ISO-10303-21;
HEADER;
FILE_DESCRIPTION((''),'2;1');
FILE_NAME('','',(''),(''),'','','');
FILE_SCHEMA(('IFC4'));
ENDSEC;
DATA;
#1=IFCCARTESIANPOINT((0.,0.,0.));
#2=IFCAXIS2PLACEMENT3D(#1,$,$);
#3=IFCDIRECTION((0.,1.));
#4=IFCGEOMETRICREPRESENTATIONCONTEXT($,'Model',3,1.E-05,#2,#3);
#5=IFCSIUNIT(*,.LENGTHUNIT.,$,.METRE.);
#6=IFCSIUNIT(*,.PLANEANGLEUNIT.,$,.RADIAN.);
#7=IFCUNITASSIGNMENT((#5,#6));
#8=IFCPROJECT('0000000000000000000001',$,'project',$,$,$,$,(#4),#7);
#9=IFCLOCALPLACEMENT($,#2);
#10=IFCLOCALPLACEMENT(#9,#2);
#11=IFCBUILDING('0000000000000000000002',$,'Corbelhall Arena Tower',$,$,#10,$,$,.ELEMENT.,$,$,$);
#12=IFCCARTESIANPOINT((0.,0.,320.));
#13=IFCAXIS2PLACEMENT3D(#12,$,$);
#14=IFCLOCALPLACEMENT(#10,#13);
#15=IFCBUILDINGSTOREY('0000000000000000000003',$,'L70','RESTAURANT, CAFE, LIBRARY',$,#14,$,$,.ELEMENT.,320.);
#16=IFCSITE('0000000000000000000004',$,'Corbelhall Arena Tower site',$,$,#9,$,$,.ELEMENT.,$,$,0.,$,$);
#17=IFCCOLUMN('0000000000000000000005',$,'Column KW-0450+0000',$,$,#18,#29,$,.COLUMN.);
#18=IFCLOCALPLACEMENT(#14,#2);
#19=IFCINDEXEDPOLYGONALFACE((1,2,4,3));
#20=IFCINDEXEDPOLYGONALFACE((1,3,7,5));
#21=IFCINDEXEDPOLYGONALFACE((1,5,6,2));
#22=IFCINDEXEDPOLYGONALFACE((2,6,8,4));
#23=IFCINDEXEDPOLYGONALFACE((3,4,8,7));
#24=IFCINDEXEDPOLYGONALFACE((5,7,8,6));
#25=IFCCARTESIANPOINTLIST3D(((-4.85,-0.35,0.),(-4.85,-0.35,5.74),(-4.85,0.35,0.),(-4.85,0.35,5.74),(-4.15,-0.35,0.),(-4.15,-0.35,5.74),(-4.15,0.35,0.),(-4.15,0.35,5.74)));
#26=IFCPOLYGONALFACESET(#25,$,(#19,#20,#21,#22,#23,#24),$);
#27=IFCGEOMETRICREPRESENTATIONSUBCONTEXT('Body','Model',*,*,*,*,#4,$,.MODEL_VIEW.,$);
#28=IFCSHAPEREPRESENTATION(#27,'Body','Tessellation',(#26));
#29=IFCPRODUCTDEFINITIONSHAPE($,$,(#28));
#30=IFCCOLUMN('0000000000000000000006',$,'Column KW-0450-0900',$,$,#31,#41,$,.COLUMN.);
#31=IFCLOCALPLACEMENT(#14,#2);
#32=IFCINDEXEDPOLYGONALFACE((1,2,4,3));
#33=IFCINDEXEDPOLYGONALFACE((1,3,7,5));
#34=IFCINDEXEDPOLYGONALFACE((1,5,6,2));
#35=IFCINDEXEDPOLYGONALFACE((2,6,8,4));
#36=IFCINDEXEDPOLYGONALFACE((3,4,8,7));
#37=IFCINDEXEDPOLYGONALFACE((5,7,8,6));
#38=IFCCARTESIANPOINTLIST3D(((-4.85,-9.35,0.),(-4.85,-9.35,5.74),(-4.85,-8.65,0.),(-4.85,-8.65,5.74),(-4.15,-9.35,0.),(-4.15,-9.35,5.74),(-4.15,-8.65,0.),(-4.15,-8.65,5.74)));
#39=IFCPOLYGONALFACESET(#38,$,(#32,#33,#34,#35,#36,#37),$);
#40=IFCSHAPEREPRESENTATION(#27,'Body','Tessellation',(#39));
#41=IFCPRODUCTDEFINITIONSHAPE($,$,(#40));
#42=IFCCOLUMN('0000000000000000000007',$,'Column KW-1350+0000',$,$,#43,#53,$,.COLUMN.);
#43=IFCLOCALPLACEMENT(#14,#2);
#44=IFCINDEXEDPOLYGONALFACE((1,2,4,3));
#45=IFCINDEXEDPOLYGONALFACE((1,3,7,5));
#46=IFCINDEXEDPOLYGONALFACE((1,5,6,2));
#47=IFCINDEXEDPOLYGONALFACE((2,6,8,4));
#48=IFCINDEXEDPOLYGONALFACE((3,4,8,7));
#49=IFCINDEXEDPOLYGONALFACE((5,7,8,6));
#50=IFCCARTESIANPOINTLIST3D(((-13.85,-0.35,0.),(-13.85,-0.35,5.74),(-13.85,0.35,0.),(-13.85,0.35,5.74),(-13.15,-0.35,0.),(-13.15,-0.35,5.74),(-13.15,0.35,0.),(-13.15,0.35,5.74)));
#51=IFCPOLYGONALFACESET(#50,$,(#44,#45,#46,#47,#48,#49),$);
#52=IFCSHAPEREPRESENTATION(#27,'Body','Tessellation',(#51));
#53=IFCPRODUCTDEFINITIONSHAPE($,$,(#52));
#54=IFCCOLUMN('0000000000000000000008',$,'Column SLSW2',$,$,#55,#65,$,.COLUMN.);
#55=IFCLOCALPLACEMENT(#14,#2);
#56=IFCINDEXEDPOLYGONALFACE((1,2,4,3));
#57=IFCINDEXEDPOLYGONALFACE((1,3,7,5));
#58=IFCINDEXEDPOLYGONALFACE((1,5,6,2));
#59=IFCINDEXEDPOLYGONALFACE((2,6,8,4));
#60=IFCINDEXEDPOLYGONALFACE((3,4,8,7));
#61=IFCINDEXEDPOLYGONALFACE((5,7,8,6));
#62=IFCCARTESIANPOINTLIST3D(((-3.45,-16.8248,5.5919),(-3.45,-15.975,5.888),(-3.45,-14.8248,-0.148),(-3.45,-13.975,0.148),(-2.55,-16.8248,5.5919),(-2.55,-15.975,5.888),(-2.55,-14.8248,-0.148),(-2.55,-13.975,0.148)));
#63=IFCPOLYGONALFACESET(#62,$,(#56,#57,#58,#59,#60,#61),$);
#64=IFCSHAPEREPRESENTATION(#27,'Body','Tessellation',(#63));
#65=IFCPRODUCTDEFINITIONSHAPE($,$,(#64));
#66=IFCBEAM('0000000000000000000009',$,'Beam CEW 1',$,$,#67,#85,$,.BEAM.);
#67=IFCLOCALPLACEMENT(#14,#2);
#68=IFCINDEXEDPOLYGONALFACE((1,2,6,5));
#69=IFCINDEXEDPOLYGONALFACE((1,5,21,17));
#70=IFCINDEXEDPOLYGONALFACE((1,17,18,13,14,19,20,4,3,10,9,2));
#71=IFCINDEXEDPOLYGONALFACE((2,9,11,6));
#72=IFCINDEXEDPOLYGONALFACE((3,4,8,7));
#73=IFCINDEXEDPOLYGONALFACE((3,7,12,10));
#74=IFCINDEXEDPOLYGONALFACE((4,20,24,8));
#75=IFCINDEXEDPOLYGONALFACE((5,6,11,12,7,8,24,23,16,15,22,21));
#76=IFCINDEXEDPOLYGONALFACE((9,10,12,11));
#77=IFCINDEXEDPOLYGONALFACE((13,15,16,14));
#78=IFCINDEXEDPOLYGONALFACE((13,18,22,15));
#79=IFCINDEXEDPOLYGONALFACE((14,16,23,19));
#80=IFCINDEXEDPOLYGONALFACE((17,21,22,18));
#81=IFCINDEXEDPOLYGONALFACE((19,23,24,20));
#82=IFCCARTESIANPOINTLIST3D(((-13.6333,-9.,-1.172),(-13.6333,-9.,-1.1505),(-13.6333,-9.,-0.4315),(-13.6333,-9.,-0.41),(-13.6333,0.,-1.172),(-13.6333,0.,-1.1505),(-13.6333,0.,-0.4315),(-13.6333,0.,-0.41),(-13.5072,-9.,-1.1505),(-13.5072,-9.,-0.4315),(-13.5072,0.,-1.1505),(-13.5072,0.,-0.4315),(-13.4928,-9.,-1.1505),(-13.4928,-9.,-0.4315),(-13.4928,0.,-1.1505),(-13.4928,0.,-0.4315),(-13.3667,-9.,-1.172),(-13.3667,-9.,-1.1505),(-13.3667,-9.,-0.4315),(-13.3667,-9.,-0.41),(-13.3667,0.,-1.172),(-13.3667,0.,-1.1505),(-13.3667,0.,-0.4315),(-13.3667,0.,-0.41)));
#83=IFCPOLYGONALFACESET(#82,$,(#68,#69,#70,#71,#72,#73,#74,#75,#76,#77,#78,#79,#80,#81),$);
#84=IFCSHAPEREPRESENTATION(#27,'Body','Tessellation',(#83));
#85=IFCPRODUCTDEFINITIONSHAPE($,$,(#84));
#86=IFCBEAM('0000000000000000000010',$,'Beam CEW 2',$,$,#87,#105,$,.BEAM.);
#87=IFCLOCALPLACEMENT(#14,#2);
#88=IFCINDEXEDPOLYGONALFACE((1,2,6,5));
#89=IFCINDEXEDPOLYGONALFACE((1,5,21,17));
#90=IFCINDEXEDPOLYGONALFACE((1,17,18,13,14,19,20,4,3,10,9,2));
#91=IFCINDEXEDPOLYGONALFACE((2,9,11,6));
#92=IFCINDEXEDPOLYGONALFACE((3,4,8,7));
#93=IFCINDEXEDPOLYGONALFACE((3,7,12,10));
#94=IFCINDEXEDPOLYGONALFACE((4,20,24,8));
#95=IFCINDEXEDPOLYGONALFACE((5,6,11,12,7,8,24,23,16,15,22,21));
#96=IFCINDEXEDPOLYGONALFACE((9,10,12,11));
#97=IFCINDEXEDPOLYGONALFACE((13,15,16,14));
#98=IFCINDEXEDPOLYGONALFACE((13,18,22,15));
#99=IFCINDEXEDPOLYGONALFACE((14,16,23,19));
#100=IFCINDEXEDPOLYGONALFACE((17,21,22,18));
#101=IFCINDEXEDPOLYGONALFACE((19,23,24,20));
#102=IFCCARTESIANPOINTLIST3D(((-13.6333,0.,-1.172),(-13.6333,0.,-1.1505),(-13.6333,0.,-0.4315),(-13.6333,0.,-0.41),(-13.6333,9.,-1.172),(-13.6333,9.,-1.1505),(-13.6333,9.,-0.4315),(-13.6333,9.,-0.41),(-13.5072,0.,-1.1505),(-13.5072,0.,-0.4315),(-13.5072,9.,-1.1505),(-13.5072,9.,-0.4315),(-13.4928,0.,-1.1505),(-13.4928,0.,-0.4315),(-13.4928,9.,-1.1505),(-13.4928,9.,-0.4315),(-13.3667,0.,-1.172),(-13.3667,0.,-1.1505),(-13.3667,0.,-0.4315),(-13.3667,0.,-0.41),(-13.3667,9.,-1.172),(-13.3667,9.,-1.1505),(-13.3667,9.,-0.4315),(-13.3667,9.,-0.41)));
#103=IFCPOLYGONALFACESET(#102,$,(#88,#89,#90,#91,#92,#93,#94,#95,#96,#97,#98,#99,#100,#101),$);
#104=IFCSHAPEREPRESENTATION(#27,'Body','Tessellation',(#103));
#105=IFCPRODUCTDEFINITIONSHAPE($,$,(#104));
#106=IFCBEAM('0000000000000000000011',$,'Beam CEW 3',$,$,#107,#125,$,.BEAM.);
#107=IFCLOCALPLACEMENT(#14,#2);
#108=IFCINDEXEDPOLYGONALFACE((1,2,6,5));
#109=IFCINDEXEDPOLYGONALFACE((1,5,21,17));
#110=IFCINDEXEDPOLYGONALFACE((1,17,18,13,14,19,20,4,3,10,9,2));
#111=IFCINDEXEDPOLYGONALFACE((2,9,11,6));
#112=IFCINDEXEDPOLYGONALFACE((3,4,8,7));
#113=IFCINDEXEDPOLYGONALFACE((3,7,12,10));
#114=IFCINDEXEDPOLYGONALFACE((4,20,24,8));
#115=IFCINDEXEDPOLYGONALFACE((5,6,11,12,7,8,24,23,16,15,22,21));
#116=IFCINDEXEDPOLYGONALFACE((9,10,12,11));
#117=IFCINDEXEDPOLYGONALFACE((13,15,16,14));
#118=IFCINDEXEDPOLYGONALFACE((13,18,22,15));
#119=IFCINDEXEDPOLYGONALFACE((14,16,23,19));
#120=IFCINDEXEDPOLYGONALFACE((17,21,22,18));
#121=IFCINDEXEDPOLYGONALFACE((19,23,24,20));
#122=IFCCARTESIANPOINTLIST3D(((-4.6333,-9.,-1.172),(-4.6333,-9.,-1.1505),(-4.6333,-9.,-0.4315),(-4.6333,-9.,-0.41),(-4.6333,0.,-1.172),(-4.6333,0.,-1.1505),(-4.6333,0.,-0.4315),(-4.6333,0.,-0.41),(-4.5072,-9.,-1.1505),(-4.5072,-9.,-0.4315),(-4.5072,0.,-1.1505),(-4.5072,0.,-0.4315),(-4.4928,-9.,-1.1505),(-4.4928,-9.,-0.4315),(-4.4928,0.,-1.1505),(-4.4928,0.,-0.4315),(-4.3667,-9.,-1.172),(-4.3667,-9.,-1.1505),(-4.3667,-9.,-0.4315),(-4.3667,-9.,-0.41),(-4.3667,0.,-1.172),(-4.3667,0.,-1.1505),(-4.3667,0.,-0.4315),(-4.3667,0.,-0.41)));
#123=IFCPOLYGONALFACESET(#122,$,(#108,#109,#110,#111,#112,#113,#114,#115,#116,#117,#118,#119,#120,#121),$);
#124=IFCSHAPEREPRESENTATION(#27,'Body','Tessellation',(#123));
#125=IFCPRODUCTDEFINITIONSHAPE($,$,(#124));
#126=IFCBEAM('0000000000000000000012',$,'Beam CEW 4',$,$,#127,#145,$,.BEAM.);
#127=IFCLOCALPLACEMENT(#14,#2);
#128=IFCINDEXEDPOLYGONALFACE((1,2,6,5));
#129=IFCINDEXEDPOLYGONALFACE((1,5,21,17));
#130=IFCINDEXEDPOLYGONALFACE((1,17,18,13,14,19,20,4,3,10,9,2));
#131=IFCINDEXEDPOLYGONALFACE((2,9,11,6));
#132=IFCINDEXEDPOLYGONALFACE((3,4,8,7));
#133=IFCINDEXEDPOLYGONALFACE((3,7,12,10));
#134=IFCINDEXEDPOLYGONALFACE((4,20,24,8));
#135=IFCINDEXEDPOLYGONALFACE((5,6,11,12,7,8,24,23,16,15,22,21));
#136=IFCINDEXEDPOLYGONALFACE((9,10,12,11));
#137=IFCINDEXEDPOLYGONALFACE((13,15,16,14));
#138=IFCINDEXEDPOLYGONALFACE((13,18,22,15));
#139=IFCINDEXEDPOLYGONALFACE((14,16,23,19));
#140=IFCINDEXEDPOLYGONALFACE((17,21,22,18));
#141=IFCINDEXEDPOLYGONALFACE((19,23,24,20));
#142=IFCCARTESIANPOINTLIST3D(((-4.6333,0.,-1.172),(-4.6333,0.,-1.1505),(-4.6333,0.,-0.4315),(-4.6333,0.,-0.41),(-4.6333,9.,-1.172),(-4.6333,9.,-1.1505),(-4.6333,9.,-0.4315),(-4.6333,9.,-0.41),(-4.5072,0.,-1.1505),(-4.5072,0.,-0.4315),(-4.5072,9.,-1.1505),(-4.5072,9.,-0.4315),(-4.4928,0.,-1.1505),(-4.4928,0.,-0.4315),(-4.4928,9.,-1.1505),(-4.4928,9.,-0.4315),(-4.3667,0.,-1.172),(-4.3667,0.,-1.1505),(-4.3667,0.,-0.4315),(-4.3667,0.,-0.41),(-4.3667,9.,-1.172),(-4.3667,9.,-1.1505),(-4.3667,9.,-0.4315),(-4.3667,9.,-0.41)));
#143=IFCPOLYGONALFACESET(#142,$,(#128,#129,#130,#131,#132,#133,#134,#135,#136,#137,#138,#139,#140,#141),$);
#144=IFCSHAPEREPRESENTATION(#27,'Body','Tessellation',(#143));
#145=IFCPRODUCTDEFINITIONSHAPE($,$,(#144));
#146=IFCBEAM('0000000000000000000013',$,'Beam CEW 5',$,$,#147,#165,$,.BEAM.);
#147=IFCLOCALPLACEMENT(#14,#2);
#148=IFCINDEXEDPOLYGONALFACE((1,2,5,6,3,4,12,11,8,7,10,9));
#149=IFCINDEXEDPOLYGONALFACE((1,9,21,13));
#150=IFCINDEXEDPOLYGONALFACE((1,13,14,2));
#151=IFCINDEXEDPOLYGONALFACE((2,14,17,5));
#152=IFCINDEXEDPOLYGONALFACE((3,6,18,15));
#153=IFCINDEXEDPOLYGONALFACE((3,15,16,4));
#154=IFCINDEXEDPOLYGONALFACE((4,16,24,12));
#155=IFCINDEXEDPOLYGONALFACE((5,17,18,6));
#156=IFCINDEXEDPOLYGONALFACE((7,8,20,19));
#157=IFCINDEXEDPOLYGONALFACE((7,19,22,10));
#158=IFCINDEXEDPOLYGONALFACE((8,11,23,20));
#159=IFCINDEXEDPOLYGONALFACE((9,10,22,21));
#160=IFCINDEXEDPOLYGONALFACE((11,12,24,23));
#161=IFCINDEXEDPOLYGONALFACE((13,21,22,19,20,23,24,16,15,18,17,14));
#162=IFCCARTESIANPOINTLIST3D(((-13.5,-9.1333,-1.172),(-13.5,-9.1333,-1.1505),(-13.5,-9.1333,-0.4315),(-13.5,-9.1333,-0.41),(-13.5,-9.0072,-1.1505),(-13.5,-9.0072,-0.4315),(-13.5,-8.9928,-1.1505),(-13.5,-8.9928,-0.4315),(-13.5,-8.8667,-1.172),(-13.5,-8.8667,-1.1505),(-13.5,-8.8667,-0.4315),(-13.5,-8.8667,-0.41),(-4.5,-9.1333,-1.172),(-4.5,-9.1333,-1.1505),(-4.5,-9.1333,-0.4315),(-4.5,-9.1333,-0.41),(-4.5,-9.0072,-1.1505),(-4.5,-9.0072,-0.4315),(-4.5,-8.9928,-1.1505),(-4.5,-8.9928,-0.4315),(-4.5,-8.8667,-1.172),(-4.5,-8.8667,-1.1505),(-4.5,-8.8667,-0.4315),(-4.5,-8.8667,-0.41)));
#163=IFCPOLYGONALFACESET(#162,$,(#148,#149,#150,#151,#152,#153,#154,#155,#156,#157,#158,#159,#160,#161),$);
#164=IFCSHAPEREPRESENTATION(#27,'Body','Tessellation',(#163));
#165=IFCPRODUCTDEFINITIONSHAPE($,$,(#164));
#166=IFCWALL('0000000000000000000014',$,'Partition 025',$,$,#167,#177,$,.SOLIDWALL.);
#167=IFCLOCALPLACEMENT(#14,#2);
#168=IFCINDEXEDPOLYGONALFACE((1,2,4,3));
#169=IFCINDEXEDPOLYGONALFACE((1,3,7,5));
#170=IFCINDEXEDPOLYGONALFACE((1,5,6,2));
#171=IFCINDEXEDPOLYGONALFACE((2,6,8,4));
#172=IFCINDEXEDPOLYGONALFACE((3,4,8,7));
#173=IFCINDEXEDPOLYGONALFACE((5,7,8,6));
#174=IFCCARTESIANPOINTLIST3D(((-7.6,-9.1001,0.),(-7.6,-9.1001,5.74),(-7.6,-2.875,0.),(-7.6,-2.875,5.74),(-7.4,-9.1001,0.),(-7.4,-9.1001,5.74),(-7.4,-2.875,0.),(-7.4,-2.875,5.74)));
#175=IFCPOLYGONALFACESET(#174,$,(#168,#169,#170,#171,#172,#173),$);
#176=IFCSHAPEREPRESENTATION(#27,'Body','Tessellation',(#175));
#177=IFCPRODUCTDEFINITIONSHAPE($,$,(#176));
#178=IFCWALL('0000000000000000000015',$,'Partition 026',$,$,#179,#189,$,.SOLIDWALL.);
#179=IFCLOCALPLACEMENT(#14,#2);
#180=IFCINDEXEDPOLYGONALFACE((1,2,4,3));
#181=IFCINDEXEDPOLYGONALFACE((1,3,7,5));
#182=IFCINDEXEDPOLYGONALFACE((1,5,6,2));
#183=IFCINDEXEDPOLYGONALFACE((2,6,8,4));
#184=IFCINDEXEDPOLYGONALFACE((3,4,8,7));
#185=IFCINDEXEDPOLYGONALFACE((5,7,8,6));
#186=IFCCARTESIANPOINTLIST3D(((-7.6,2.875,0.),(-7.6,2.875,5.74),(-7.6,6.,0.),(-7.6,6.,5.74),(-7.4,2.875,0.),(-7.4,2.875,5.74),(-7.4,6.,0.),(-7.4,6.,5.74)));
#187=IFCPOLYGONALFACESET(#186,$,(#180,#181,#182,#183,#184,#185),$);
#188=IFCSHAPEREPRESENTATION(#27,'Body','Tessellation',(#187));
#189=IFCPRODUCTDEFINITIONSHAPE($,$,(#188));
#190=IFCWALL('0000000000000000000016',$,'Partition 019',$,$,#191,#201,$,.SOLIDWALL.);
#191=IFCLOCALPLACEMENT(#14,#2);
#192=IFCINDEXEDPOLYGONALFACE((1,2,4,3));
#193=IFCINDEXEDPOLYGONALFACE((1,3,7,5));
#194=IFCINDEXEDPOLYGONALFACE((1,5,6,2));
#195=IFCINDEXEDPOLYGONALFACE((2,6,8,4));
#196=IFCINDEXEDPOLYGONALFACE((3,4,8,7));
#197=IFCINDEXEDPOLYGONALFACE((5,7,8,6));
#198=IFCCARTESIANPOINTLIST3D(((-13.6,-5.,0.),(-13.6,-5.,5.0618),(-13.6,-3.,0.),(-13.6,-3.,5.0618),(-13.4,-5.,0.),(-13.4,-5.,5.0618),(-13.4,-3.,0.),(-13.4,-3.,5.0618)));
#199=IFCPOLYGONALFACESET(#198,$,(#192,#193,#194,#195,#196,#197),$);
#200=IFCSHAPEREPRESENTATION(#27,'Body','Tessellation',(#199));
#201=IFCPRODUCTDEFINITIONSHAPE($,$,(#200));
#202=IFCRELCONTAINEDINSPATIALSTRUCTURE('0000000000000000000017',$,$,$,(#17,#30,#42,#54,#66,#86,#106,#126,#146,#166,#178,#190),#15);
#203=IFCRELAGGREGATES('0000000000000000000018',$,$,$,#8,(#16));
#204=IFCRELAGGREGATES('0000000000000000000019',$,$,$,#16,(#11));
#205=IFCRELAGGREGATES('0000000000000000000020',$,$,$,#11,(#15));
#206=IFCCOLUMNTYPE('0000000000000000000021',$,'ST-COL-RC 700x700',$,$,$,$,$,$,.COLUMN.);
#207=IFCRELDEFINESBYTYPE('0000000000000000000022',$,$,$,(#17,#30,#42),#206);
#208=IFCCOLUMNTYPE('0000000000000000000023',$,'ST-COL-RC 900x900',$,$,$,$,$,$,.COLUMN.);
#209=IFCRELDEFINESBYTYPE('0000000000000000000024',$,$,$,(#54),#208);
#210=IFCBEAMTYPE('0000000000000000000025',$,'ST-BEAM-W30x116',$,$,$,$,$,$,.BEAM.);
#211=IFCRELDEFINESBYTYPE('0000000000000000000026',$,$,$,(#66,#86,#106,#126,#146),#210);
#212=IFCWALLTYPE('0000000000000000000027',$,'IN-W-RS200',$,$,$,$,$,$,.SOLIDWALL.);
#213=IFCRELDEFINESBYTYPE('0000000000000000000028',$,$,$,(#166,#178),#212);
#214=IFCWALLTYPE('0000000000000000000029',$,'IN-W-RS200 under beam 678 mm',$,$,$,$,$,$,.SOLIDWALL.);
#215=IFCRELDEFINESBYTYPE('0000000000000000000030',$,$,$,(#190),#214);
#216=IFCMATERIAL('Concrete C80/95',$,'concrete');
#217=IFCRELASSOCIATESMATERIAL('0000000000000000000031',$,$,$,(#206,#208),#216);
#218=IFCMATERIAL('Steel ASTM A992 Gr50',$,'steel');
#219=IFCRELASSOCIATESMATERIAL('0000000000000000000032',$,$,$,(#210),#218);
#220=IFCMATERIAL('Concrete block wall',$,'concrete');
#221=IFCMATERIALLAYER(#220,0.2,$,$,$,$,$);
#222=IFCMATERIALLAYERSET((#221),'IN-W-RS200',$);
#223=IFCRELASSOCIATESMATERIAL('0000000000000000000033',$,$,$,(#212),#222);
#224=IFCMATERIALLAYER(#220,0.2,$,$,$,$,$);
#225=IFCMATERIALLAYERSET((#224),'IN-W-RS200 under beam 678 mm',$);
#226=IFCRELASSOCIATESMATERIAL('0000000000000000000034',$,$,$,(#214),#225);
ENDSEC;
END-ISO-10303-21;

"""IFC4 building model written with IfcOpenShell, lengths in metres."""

from ifc_helpers import new_model, si_unit, direction, frame, frame_2d, origin, origin_2d, place, context, subcontext, project, spatial, rectangle, i_section, extrude, material, layer, layer_set, material_profile, profile_set, type_object, element, save


model = new_model("IFC4")

# Units and contexts
model_context = context("Model", 3, precision=1e-05, world=origin(), true_north=direction((0.0, 1.0)))
body_context = subcontext(model_context, "Body", "Model", "MODEL_VIEW")
ifc_project = project(units=[si_unit("LENGTHUNIT", "METRE"), si_unit("PLANEANGLEUNIT", "RADIAN")], contexts=[model_context])

# Site, building, storey
site_placement = place(None, origin())
site = spatial("IfcSite", under=ifc_project, at=site_placement, Name="Corbelhall Arena Tower site", CompositionType="ELEMENT", RefElevation=0.0)
building_placement = place(site_placement, origin())
building = spatial("IfcBuilding", under=site, at=building_placement, Name="Corbelhall Arena Tower", CompositionType="ELEMENT")
storey_placement = place(building_placement, frame((0.0, 0.0, 320.0)))
storey = spatial("IfcBuildingStorey", under=building, at=storey_placement, Name="L70", Description="RESTAURANT, CAFE, LIBRARY", CompositionType="ELEMENT", Elevation=320.0)

# Columns
ifc_material_1 = material(Name="Concrete C80/95", Category="concrete")
ifc_material_profile_1 = material_profile(ifc_material_1, rectangle(XDim=0.7, YDim=0.7, at=origin_2d()))
ifc_profile_set_1 = profile_set([ifc_material_profile_1], Name="Concrete C80/95")
column_type_1 = type_object("IfcColumnType", Name="ST-COL-RC 700x700", PredefinedType="COLUMN", material=ifc_profile_set_1)
for number, where, z_axis, x_axis, name in (
    (1, (-4.5, 0.0, 0.0), (0.0, 0.0, 1.0), (1.0, 0.0, 0.0), "Column KW-0450+0000"),
    (2, (-4.5, -9.0, 0.0), (0.0, 0.0, 1.0), (1.0, 0.0, 0.0), "Column KW-0450-0900"),
    (3, (-13.5, 0.0, 0.0), (0.0, 0.0, 1.0), (1.0, 0.0, 0.0), "Column KW-1350+0000"),
):
    element("IfcColumn", number, at=place(storey_placement, frame(where, z_axis=z_axis, x_axis=x_axis)), inside=storey, type_object=column_type_1, Name=name, PredefinedType="COLUMN", context=body_context, shape_type="SweptSolid", body=[
        extrude(rectangle(XDim=0.7, YDim=0.7, at=origin_2d()), origin(), (0.0, 0.0, 1.0), 5.74),
    ])
ifc_material_profile_2 = material_profile(ifc_material_1, rectangle(XDim=0.8999, YDim=0.8999, at=origin_2d()))
ifc_profile_set_2 = profile_set([ifc_material_profile_2], Name="Concrete C80/95")
column_type_2 = type_object("IfcColumnType", Name="ST-COL-RC 900x900", PredefinedType="COLUMN", material=ifc_profile_set_2)
column_placement = place(storey_placement, frame((-3.0, -14.3999, 0.0), z_axis=(0.0, -0.329032, 0.944319), x_axis=(1.0, 0.0, 0.0)))
element("IfcColumn", 4, at=column_placement, inside=storey, type_object=column_type_2, Name="Column SLSW2", PredefinedType="COLUMN", context=body_context, shape_type="SweptSolid", body=[
    extrude(rectangle(XDim=0.8999, YDim=0.8999, at=origin_2d()), origin(), (0.0, 0.0, 1.0), 6.0784),
])

# Beams
ifc_material_2 = material(Name="Steel ASTM A992 Gr50", Category="steel")
ifc_material_profile_3 = material_profile(ifc_material_2, i_section(OverallWidth=0.2666, OverallDepth=0.762, WebThickness=0.0144, FlangeThickness=0.0215, at=origin_2d()))
ifc_profile_set_3 = profile_set([ifc_material_profile_3], Name="Steel ASTM A992 Gr50")
beam_type = type_object("IfcBeamType", Name="ST-BEAM-W30x116", PredefinedType="BEAM", material=ifc_profile_set_3)
for number, where, z_axis, x_axis, name in (
    (5, (-13.5, -9.0, -0.791), (0.0, 1.0, 0.0), (-1.0, 0.0, 0.0), "Beam CEW 1"),
    (6, (-13.5, 0.0, -0.791), (0.0, 1.0, 0.0), (-1.0, 0.0, 0.0), "Beam CEW 2"),
    (7, (-4.5, -9.0, -0.791), (0.0, 1.0, 0.0), (-1.0, 0.0, 0.0), "Beam CEW 3"),
    (8, (-4.5, 0.0, -0.791), (0.0, 1.0, 0.0), (-1.0, 0.0, 0.0), "Beam CEW 4"),
    (9, (-13.5, -9.0, -0.791), (1.0, 0.0, 0.0), (0.0, 1.0, 0.0), "Beam CEW 5"),
):
    element("IfcBeam", number, at=place(storey_placement, frame(where, z_axis=z_axis, x_axis=x_axis)), inside=storey, type_object=beam_type, Name=name, PredefinedType="BEAM", context=body_context, shape_type="SweptSolid", body=[
        extrude(i_section(OverallWidth=0.2666, OverallDepth=0.762, WebThickness=0.0144, FlangeThickness=0.0215, at=origin_2d()), origin(), (0.0, 0.0, 1.0), 9.0),
    ])

# Shared definitions
ifc_material_3 = material(Name="Concrete block wall", Category="concrete")
ifc_layer_1 = layer(ifc_material_3, 0.2)
ifc_layer_set_1 = layer_set([ifc_layer_1], Name="IN-W-RS200")
wall_type_1 = type_object("IfcWallType", Name="IN-W-RS200", PredefinedType="SOLIDWALL", material=ifc_layer_set_1)

# Walls
wall_1_placement = place(storey_placement, frame((-7.5, -9.1001, 0.0), z_axis=(0.0, 0.0, 1.0), x_axis=(0.0, 1.0, 0.0)))
element("IfcWall", 10, at=wall_1_placement, inside=storey, type_object=wall_type_1, Name="Partition 025", PredefinedType="SOLIDWALL", context=body_context, shape_type="SweptSolid", body=[
    extrude(rectangle(XDim=6.2251, YDim=0.2, at=frame_2d((3.1125, 0.0))), origin(), (0.0, 0.0, 1.0), 5.74),
])
wall_2_placement = place(storey_placement, frame((-7.5, 2.875, 0.0), z_axis=(0.0, 0.0, 1.0), x_axis=(0.0, 1.0, 0.0)))
element("IfcWall", 11, at=wall_2_placement, inside=storey, type_object=wall_type_1, Name="Partition 026", PredefinedType="SOLIDWALL", context=body_context, shape_type="SweptSolid", body=[
    extrude(rectangle(XDim=3.125, YDim=0.2, at=frame_2d((1.5625, 0.0))), origin(), (0.0, 0.0, 1.0), 5.74),
])
ifc_layer_2 = layer(ifc_material_3, 0.2)
ifc_layer_set_2 = layer_set([ifc_layer_2], Name="IN-W-RS200 under beam 678 mm")
wall_type_2 = type_object("IfcWallType", Name="IN-W-RS200 under beam 678 mm", PredefinedType="SOLIDWALL", material=ifc_layer_set_2)
wall_3_placement = place(storey_placement, frame((-13.5, -5.0, 0.0), z_axis=(0.0, 0.0, 1.0), x_axis=(0.0, 1.0, 0.0)))
element("IfcWall", 12, at=wall_3_placement, inside=storey, type_object=wall_type_2, Name="Partition 019", PredefinedType="SOLIDWALL", context=body_context, shape_type="SweptSolid", body=[
    extrude(rectangle(XDim=2.0, YDim=0.2, at=frame_2d((1.0, 0.0))), origin(), (0.0, 0.0, 1.0), 5.0618),
])

save(model, "model.ifc")
